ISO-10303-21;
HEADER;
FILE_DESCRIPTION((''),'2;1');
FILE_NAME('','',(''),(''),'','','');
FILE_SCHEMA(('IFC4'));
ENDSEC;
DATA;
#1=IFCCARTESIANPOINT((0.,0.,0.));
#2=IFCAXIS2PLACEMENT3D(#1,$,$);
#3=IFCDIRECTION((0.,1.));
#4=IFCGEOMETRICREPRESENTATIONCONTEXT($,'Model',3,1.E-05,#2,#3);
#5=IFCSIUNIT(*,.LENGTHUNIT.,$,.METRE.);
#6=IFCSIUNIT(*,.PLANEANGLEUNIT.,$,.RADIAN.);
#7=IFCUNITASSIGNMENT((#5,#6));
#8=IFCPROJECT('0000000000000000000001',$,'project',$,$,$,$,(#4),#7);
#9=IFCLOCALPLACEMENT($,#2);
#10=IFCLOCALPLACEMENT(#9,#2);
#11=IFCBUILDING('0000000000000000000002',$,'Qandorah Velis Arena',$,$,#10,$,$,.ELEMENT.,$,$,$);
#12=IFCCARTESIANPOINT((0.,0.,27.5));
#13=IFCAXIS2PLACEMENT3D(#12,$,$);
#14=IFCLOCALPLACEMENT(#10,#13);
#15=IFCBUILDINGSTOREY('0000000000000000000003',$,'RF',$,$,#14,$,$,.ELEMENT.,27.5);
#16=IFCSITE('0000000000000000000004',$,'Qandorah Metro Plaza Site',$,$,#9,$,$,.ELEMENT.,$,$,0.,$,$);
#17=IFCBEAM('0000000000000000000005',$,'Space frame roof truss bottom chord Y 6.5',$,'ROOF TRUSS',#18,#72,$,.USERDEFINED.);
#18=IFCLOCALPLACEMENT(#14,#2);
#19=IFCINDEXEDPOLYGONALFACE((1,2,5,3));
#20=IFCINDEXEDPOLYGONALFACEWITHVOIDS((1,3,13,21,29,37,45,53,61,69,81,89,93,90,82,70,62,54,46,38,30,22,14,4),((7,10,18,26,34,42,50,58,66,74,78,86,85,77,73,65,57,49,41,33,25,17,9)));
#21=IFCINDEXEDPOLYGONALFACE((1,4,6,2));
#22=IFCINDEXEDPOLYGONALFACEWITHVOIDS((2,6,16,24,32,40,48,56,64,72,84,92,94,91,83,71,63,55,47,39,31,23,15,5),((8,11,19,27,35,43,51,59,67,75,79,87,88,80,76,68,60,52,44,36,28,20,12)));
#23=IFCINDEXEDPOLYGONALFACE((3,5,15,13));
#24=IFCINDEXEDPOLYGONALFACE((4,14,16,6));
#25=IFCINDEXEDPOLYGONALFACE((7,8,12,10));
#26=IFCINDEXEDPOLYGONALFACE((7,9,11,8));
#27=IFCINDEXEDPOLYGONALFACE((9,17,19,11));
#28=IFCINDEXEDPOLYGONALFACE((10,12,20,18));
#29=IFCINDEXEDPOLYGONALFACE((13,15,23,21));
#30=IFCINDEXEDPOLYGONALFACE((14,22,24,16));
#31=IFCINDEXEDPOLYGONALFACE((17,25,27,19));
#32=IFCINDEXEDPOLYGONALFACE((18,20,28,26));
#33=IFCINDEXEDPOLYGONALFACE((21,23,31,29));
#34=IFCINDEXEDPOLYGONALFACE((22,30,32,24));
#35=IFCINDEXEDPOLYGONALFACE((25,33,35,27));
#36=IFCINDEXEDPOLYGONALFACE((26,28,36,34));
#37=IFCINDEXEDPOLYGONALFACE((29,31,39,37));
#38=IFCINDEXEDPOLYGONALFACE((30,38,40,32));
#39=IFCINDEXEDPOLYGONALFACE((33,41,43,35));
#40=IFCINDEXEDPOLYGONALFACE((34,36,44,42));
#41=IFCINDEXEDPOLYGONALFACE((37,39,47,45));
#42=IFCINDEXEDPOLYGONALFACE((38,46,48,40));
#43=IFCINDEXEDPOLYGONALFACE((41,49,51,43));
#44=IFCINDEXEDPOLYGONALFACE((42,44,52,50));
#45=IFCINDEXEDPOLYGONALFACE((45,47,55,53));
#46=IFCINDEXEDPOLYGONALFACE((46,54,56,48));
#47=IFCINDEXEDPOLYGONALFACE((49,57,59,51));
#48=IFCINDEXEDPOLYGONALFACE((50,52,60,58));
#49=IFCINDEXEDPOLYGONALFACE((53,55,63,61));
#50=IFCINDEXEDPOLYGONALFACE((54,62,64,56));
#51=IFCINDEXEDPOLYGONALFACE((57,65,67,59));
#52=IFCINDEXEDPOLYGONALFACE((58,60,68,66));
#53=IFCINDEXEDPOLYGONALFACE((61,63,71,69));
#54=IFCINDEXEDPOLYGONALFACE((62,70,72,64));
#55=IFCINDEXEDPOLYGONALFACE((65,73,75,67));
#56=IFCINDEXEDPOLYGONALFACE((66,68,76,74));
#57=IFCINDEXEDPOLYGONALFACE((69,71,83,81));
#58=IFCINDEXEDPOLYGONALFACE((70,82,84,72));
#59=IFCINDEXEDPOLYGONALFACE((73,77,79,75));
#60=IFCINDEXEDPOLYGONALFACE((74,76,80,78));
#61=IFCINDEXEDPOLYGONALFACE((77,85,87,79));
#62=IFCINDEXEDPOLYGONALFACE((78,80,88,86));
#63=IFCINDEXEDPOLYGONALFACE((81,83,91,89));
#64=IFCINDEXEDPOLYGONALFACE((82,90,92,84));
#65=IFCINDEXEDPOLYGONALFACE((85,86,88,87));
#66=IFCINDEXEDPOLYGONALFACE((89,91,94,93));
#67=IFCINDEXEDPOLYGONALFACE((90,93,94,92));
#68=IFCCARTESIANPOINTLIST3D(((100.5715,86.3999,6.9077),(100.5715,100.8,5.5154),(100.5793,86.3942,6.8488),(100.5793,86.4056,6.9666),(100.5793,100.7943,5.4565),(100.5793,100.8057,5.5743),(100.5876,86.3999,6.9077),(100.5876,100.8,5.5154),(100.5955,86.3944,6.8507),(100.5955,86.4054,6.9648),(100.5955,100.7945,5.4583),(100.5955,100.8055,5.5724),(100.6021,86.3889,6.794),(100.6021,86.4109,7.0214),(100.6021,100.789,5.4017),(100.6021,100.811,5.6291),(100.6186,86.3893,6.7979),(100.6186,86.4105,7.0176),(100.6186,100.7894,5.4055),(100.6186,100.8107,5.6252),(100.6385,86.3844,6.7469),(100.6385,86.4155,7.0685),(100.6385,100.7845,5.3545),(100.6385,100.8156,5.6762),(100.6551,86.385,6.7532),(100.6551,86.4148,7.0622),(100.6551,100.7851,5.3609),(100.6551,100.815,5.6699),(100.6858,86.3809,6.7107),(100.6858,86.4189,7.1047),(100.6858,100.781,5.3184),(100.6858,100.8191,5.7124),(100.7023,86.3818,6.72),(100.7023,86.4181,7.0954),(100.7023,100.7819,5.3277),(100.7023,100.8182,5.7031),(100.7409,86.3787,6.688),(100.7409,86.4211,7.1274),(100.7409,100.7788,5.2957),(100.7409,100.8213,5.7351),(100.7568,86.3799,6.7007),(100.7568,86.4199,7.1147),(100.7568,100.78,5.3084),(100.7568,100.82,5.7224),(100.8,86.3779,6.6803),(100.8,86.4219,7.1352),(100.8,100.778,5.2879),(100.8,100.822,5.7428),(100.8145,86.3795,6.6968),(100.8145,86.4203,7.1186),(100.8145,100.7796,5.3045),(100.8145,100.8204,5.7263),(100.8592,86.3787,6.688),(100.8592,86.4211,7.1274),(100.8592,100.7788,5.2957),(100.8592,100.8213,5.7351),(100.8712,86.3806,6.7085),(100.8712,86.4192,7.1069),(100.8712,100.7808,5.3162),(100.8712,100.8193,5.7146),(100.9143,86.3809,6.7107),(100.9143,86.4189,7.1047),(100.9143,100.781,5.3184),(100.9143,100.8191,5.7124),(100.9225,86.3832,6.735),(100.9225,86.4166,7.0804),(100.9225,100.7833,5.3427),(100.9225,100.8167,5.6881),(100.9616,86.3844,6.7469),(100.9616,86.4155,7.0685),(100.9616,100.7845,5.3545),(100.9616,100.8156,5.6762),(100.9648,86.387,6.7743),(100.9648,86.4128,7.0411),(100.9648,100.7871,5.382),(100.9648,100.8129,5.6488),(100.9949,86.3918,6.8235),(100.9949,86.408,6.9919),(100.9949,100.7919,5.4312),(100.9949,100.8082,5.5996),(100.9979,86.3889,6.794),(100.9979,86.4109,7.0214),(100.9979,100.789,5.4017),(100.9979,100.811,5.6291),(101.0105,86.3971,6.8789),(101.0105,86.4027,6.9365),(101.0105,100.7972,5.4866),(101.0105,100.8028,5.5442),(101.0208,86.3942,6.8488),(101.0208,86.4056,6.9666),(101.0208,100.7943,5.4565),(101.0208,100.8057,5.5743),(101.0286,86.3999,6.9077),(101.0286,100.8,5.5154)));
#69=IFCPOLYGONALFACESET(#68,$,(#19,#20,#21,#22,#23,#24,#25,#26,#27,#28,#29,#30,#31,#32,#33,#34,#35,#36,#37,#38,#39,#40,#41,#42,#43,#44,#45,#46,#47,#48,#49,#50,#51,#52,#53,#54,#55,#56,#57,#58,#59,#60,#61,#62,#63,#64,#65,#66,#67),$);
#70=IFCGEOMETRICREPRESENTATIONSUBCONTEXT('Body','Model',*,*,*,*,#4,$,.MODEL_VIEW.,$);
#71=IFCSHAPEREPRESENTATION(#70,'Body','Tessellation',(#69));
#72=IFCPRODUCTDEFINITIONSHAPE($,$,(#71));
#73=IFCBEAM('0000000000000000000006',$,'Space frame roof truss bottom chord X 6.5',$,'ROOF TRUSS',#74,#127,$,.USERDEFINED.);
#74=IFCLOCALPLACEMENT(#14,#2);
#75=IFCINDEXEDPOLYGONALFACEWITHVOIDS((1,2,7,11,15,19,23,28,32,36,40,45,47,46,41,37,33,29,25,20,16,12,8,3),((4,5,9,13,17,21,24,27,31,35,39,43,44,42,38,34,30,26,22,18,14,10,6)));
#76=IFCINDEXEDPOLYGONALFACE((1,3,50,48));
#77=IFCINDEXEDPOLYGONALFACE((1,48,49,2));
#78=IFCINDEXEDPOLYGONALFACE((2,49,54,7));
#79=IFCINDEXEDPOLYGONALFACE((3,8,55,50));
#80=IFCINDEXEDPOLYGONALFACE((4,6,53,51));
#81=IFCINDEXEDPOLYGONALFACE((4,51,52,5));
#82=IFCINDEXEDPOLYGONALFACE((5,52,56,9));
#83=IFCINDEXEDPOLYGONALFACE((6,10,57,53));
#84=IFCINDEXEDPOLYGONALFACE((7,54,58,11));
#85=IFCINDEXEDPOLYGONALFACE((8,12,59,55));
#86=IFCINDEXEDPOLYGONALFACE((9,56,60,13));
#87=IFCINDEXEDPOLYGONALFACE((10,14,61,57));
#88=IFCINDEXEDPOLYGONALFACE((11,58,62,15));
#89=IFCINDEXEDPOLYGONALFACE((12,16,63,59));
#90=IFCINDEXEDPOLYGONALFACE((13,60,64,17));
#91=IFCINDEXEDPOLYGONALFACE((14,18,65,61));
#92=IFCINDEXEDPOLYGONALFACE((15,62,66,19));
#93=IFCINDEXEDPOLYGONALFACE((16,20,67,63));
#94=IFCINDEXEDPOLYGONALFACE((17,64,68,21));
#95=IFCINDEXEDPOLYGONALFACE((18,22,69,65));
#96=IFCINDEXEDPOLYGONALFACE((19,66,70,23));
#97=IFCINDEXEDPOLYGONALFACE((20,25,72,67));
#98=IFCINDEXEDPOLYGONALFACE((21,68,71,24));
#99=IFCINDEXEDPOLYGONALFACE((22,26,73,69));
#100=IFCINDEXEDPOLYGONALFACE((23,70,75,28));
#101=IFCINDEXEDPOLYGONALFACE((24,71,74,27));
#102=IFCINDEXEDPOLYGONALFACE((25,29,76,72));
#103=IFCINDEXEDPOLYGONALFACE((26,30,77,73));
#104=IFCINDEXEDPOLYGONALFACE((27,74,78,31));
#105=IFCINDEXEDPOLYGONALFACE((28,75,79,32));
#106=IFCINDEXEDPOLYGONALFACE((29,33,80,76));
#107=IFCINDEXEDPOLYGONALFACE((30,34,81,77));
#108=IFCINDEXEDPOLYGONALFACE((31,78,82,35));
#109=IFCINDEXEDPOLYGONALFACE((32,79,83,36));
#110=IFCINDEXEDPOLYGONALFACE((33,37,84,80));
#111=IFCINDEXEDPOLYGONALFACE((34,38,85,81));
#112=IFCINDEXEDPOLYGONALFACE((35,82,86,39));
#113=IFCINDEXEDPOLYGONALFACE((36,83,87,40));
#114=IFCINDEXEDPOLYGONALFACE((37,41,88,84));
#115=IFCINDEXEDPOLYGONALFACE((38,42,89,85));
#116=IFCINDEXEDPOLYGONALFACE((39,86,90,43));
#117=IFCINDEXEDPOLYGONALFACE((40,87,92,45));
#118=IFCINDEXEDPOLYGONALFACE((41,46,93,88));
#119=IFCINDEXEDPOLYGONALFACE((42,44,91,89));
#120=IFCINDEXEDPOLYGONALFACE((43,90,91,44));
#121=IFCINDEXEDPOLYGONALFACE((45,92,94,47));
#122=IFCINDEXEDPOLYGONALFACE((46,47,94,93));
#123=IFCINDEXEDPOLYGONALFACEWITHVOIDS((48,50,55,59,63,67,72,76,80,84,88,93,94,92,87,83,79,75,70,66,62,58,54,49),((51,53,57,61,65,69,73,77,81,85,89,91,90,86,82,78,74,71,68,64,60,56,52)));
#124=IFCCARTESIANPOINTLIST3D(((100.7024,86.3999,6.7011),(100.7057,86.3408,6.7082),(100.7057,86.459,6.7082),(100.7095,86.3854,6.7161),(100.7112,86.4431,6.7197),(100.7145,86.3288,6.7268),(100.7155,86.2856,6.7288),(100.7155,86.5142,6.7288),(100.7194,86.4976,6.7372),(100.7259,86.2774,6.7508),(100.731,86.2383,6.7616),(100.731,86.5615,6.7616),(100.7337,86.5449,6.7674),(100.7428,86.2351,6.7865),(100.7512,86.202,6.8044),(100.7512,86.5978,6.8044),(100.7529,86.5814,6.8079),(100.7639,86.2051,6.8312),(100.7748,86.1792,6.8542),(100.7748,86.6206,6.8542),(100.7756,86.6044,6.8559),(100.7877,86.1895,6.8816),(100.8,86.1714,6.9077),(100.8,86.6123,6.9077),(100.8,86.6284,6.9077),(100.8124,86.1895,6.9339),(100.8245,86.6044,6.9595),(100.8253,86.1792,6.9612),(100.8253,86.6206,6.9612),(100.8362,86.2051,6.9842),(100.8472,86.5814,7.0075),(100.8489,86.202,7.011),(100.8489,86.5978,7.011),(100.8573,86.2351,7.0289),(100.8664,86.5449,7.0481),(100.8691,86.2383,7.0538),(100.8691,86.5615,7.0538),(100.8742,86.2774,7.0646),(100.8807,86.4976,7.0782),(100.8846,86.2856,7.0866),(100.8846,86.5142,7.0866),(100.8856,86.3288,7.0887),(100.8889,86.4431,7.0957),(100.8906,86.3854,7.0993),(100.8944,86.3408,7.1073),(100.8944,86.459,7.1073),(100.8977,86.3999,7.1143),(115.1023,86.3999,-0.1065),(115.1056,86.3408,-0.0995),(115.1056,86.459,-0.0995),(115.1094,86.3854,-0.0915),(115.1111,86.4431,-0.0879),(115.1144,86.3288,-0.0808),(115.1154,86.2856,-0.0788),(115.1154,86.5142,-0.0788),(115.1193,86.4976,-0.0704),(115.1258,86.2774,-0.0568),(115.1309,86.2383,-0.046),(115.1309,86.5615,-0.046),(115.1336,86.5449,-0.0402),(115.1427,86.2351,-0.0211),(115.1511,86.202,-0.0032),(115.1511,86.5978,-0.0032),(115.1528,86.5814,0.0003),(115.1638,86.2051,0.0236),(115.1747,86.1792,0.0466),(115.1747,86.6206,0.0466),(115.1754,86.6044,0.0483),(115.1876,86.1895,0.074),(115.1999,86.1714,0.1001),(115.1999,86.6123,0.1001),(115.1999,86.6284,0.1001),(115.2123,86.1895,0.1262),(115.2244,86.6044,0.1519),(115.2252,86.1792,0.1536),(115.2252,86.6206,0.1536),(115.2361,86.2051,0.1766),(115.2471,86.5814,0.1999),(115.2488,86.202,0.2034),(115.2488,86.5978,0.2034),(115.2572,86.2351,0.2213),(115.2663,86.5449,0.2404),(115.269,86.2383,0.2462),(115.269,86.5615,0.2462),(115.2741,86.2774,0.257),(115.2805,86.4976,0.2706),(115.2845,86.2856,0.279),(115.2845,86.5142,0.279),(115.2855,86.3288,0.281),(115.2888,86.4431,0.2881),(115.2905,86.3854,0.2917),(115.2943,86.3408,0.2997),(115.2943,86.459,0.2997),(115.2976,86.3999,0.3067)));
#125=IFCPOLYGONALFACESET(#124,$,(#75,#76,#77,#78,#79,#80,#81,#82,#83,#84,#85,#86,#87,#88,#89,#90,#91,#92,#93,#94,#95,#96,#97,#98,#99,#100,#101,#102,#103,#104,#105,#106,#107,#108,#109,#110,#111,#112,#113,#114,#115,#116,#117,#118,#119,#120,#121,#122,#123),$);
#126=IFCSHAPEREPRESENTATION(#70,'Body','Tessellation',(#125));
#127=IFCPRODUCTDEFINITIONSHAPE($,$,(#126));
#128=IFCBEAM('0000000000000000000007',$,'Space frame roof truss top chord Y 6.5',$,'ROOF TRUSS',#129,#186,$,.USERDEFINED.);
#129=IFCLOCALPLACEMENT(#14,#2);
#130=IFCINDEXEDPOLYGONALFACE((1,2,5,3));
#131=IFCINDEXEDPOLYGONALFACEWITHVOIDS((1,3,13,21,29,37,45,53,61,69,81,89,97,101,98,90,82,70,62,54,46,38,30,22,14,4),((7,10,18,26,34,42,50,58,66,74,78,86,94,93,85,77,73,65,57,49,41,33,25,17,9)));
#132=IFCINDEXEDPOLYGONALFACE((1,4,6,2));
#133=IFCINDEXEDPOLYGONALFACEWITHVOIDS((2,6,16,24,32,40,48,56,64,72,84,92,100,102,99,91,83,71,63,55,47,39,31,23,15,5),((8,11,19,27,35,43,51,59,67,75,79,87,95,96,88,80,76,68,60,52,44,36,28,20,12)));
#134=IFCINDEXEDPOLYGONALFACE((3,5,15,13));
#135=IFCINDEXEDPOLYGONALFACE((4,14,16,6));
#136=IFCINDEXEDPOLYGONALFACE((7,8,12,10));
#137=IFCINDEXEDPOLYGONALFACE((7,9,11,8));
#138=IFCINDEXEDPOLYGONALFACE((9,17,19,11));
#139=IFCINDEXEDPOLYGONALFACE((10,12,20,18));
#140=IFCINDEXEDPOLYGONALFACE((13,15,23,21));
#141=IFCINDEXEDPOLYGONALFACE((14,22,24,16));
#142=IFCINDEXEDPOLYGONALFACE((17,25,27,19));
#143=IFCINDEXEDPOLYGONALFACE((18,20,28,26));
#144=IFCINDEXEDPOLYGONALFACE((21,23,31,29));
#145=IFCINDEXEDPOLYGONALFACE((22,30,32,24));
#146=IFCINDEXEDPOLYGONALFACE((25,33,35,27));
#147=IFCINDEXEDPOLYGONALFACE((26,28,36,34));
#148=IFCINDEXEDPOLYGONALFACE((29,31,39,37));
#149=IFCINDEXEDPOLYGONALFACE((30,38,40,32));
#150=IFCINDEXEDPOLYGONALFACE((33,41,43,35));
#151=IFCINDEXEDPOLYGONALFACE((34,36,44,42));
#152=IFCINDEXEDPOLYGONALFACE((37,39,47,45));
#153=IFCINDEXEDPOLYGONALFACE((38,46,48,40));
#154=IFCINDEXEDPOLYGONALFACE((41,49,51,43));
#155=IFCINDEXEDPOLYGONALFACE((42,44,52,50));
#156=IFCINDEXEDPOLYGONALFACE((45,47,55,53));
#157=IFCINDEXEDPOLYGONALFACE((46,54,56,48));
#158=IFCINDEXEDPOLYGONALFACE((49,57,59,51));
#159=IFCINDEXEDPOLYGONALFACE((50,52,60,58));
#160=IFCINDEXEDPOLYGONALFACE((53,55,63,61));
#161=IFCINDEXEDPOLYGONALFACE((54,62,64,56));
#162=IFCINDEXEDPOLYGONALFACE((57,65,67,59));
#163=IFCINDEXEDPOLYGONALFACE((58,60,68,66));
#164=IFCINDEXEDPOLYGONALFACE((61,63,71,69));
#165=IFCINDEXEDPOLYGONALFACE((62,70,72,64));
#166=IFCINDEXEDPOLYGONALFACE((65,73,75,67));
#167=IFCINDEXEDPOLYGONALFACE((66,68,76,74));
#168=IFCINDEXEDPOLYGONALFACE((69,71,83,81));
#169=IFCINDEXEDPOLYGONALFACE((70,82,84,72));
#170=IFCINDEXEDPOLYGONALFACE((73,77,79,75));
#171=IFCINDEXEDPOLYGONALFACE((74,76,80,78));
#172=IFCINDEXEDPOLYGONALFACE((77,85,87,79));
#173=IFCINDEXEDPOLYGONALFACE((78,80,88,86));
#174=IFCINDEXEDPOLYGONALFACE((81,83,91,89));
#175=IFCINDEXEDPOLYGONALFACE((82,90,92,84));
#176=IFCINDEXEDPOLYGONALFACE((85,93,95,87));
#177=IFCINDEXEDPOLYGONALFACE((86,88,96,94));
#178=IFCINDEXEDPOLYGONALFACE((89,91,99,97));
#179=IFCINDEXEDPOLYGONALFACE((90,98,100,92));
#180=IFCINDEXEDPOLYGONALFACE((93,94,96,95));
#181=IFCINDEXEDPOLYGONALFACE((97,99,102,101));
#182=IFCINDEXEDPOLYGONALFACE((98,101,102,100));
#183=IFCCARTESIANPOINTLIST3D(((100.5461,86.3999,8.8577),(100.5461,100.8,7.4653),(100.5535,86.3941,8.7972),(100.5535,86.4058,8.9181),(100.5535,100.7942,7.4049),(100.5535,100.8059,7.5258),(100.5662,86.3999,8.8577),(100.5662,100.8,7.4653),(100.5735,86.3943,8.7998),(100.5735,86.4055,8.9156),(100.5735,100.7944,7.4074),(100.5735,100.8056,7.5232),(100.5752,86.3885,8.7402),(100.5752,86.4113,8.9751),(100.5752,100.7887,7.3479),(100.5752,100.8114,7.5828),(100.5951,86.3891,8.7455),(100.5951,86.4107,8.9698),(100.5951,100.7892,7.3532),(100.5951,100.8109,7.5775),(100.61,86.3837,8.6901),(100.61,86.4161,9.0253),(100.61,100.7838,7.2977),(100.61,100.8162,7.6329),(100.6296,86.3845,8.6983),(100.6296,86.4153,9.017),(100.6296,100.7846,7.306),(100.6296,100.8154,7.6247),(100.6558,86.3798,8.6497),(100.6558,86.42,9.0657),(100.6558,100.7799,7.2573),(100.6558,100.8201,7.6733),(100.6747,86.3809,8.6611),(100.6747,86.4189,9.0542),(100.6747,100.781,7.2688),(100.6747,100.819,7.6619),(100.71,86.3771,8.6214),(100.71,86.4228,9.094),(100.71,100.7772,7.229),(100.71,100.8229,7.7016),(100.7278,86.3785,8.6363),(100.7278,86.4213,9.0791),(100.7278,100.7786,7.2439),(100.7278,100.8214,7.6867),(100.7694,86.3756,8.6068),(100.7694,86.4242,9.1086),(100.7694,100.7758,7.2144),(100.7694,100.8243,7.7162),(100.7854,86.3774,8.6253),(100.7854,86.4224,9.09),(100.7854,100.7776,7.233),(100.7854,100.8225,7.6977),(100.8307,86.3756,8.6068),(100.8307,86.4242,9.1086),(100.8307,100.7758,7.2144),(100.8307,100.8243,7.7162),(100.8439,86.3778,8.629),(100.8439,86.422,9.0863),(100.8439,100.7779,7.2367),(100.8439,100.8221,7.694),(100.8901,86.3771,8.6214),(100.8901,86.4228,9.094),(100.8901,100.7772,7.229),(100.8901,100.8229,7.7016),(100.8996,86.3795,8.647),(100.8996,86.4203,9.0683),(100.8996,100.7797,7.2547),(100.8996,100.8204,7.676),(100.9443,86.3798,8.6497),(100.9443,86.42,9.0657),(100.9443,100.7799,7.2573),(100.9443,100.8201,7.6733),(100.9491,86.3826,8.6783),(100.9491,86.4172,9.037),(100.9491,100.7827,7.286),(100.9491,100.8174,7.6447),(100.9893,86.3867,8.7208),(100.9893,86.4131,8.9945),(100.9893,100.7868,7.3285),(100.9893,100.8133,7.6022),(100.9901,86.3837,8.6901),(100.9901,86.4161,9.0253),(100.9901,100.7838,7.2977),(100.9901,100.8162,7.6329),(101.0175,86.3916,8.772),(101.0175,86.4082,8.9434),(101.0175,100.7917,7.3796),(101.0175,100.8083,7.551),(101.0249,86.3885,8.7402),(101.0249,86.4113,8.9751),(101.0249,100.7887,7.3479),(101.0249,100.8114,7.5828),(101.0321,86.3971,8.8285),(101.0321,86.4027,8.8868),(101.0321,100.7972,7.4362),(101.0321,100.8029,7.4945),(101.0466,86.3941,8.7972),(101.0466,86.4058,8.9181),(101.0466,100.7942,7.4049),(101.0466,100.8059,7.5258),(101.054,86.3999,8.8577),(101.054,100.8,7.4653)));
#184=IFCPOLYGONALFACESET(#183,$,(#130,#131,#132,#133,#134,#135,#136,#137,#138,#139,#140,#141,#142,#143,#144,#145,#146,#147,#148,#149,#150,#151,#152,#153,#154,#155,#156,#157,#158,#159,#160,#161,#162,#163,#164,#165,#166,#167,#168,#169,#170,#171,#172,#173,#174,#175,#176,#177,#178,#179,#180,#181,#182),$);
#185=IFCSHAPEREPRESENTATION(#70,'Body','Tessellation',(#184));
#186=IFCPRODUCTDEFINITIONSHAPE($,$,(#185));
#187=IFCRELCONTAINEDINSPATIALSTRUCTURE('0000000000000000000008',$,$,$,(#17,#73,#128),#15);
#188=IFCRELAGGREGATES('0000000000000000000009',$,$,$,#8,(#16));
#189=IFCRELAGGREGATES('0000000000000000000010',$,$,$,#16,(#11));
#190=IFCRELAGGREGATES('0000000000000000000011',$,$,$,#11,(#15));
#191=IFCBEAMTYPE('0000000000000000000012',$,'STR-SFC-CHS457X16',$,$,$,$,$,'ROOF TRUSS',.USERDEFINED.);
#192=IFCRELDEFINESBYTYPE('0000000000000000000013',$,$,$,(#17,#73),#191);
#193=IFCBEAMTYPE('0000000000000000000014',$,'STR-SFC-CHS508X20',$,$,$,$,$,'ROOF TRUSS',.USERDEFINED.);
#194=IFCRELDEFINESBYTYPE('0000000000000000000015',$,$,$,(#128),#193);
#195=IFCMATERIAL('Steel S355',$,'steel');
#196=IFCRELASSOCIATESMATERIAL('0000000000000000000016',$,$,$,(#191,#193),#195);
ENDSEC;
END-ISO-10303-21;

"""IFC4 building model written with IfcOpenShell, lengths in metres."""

from ifc_helpers import new_model, si_unit, direction, frame, origin, origin_2d, place, context, subcontext, project, spatial, hollow_circle, extrude, material, material_profile, profile_set, type_object, element, save


model = new_model("IFC4")

# Units and contexts
model_context = context("Model", 3, precision=1e-05, world=origin(), true_north=direction((0.0, 1.0)))
body_context = subcontext(model_context, "Body", "Model", "MODEL_VIEW")
ifc_project = project(units=[si_unit("LENGTHUNIT", "METRE"), si_unit("PLANEANGLEUNIT", "RADIAN")], contexts=[model_context])

# Site, building, storey
site_placement = place(None, origin())
site = spatial("IfcSite", under=ifc_project, at=site_placement, Name="Qandorah Metro Plaza Site", CompositionType="ELEMENT", RefElevation=0.0)
building_placement = place(site_placement, origin())
building = spatial("IfcBuilding", under=site, at=building_placement, Name="Qandorah Velis Arena", CompositionType="ELEMENT")
storey_placement = place(building_placement, frame((0.0, 0.0, 27.5)))
storey = spatial("IfcBuildingStorey", under=building, at=storey_placement, Name="RF", CompositionType="ELEMENT", Elevation=27.5)

# Beams
ifc_material_1 = material(Name="Steel S355", Category="steel")
ifc_material_profile_1 = material_profile(ifc_material_1, hollow_circle(Radius=0.2285, WallThickness=0.0161, at=origin_2d()), Name="CHS 457x16")
ifc_profile_set_1 = profile_set([ifc_material_profile_1], Name="Steel S355")
beam_type_1 = type_object("IfcBeamType", Name="STR-SFC-CHS457X16", ElementType="ROOF TRUSS", PredefinedType="USERDEFINED", material=ifc_profile_set_1)
beam_1_placement = place(storey_placement, frame((100.8, 86.3999, 6.9077), z_axis=(0.0, 0.995358, -0.09624), x_axis=(-1.0, 0.0, 0.0)))
element("IfcBeam", 1, at=beam_1_placement, inside=storey, type_object=beam_type_1, Name="Space frame roof truss bottom chord Y 6.5", ObjectType="ROOF TRUSS", PredefinedType="USERDEFINED", context=body_context, shape_type="SweptSolid", body=[
    extrude(hollow_circle(Radius=0.2285, WallThickness=0.0161, at=origin_2d()), origin(), (0.0, 0.0, 1.0), 14.4673),
])
beam_2_placement = place(storey_placement, frame((100.8, 86.3999, 6.9077), z_axis=(0.904063, 0.0, -0.4274), x_axis=(0.0, 1.0, 0.0)))
element("IfcBeam", 2, at=beam_2_placement, inside=storey, type_object=beam_type_1, Name="Space frame roof truss bottom chord X 6.5", ObjectType="ROOF TRUSS", PredefinedType="USERDEFINED", context=body_context, shape_type="SweptSolid", body=[
    extrude(hollow_circle(Radius=0.2285, WallThickness=0.0161, at=origin_2d()), origin(), (0.0, 0.0, 1.0), 15.928),
])
ifc_material_profile_2 = material_profile(ifc_material_1, hollow_circle(Radius=0.2539, WallThickness=0.02, at=origin_2d()), Name="CHS 508x20")
ifc_profile_set_2 = profile_set([ifc_material_profile_2], Name="Steel S355")
beam_type_2 = type_object("IfcBeamType", Name="STR-SFC-CHS508X20", ElementType="ROOF TRUSS", PredefinedType="USERDEFINED", material=ifc_profile_set_2)
beam_3_placement = place(storey_placement, frame((100.8, 86.3999, 8.8577), z_axis=(0.0, 0.995358, -0.09624), x_axis=(-1.0, 0.0, 0.0)))
element("IfcBeam", 3, at=beam_3_placement, inside=storey, type_object=beam_type_2, Name="Space frame roof truss top chord Y 6.5", ObjectType="ROOF TRUSS", PredefinedType="USERDEFINED", context=body_context, shape_type="SweptSolid", body=[
    extrude(hollow_circle(Radius=0.2539, WallThickness=0.02, at=origin_2d()), origin(), (0.0, 0.0, 1.0), 14.4673),
])

save(model, "model.ifc")
